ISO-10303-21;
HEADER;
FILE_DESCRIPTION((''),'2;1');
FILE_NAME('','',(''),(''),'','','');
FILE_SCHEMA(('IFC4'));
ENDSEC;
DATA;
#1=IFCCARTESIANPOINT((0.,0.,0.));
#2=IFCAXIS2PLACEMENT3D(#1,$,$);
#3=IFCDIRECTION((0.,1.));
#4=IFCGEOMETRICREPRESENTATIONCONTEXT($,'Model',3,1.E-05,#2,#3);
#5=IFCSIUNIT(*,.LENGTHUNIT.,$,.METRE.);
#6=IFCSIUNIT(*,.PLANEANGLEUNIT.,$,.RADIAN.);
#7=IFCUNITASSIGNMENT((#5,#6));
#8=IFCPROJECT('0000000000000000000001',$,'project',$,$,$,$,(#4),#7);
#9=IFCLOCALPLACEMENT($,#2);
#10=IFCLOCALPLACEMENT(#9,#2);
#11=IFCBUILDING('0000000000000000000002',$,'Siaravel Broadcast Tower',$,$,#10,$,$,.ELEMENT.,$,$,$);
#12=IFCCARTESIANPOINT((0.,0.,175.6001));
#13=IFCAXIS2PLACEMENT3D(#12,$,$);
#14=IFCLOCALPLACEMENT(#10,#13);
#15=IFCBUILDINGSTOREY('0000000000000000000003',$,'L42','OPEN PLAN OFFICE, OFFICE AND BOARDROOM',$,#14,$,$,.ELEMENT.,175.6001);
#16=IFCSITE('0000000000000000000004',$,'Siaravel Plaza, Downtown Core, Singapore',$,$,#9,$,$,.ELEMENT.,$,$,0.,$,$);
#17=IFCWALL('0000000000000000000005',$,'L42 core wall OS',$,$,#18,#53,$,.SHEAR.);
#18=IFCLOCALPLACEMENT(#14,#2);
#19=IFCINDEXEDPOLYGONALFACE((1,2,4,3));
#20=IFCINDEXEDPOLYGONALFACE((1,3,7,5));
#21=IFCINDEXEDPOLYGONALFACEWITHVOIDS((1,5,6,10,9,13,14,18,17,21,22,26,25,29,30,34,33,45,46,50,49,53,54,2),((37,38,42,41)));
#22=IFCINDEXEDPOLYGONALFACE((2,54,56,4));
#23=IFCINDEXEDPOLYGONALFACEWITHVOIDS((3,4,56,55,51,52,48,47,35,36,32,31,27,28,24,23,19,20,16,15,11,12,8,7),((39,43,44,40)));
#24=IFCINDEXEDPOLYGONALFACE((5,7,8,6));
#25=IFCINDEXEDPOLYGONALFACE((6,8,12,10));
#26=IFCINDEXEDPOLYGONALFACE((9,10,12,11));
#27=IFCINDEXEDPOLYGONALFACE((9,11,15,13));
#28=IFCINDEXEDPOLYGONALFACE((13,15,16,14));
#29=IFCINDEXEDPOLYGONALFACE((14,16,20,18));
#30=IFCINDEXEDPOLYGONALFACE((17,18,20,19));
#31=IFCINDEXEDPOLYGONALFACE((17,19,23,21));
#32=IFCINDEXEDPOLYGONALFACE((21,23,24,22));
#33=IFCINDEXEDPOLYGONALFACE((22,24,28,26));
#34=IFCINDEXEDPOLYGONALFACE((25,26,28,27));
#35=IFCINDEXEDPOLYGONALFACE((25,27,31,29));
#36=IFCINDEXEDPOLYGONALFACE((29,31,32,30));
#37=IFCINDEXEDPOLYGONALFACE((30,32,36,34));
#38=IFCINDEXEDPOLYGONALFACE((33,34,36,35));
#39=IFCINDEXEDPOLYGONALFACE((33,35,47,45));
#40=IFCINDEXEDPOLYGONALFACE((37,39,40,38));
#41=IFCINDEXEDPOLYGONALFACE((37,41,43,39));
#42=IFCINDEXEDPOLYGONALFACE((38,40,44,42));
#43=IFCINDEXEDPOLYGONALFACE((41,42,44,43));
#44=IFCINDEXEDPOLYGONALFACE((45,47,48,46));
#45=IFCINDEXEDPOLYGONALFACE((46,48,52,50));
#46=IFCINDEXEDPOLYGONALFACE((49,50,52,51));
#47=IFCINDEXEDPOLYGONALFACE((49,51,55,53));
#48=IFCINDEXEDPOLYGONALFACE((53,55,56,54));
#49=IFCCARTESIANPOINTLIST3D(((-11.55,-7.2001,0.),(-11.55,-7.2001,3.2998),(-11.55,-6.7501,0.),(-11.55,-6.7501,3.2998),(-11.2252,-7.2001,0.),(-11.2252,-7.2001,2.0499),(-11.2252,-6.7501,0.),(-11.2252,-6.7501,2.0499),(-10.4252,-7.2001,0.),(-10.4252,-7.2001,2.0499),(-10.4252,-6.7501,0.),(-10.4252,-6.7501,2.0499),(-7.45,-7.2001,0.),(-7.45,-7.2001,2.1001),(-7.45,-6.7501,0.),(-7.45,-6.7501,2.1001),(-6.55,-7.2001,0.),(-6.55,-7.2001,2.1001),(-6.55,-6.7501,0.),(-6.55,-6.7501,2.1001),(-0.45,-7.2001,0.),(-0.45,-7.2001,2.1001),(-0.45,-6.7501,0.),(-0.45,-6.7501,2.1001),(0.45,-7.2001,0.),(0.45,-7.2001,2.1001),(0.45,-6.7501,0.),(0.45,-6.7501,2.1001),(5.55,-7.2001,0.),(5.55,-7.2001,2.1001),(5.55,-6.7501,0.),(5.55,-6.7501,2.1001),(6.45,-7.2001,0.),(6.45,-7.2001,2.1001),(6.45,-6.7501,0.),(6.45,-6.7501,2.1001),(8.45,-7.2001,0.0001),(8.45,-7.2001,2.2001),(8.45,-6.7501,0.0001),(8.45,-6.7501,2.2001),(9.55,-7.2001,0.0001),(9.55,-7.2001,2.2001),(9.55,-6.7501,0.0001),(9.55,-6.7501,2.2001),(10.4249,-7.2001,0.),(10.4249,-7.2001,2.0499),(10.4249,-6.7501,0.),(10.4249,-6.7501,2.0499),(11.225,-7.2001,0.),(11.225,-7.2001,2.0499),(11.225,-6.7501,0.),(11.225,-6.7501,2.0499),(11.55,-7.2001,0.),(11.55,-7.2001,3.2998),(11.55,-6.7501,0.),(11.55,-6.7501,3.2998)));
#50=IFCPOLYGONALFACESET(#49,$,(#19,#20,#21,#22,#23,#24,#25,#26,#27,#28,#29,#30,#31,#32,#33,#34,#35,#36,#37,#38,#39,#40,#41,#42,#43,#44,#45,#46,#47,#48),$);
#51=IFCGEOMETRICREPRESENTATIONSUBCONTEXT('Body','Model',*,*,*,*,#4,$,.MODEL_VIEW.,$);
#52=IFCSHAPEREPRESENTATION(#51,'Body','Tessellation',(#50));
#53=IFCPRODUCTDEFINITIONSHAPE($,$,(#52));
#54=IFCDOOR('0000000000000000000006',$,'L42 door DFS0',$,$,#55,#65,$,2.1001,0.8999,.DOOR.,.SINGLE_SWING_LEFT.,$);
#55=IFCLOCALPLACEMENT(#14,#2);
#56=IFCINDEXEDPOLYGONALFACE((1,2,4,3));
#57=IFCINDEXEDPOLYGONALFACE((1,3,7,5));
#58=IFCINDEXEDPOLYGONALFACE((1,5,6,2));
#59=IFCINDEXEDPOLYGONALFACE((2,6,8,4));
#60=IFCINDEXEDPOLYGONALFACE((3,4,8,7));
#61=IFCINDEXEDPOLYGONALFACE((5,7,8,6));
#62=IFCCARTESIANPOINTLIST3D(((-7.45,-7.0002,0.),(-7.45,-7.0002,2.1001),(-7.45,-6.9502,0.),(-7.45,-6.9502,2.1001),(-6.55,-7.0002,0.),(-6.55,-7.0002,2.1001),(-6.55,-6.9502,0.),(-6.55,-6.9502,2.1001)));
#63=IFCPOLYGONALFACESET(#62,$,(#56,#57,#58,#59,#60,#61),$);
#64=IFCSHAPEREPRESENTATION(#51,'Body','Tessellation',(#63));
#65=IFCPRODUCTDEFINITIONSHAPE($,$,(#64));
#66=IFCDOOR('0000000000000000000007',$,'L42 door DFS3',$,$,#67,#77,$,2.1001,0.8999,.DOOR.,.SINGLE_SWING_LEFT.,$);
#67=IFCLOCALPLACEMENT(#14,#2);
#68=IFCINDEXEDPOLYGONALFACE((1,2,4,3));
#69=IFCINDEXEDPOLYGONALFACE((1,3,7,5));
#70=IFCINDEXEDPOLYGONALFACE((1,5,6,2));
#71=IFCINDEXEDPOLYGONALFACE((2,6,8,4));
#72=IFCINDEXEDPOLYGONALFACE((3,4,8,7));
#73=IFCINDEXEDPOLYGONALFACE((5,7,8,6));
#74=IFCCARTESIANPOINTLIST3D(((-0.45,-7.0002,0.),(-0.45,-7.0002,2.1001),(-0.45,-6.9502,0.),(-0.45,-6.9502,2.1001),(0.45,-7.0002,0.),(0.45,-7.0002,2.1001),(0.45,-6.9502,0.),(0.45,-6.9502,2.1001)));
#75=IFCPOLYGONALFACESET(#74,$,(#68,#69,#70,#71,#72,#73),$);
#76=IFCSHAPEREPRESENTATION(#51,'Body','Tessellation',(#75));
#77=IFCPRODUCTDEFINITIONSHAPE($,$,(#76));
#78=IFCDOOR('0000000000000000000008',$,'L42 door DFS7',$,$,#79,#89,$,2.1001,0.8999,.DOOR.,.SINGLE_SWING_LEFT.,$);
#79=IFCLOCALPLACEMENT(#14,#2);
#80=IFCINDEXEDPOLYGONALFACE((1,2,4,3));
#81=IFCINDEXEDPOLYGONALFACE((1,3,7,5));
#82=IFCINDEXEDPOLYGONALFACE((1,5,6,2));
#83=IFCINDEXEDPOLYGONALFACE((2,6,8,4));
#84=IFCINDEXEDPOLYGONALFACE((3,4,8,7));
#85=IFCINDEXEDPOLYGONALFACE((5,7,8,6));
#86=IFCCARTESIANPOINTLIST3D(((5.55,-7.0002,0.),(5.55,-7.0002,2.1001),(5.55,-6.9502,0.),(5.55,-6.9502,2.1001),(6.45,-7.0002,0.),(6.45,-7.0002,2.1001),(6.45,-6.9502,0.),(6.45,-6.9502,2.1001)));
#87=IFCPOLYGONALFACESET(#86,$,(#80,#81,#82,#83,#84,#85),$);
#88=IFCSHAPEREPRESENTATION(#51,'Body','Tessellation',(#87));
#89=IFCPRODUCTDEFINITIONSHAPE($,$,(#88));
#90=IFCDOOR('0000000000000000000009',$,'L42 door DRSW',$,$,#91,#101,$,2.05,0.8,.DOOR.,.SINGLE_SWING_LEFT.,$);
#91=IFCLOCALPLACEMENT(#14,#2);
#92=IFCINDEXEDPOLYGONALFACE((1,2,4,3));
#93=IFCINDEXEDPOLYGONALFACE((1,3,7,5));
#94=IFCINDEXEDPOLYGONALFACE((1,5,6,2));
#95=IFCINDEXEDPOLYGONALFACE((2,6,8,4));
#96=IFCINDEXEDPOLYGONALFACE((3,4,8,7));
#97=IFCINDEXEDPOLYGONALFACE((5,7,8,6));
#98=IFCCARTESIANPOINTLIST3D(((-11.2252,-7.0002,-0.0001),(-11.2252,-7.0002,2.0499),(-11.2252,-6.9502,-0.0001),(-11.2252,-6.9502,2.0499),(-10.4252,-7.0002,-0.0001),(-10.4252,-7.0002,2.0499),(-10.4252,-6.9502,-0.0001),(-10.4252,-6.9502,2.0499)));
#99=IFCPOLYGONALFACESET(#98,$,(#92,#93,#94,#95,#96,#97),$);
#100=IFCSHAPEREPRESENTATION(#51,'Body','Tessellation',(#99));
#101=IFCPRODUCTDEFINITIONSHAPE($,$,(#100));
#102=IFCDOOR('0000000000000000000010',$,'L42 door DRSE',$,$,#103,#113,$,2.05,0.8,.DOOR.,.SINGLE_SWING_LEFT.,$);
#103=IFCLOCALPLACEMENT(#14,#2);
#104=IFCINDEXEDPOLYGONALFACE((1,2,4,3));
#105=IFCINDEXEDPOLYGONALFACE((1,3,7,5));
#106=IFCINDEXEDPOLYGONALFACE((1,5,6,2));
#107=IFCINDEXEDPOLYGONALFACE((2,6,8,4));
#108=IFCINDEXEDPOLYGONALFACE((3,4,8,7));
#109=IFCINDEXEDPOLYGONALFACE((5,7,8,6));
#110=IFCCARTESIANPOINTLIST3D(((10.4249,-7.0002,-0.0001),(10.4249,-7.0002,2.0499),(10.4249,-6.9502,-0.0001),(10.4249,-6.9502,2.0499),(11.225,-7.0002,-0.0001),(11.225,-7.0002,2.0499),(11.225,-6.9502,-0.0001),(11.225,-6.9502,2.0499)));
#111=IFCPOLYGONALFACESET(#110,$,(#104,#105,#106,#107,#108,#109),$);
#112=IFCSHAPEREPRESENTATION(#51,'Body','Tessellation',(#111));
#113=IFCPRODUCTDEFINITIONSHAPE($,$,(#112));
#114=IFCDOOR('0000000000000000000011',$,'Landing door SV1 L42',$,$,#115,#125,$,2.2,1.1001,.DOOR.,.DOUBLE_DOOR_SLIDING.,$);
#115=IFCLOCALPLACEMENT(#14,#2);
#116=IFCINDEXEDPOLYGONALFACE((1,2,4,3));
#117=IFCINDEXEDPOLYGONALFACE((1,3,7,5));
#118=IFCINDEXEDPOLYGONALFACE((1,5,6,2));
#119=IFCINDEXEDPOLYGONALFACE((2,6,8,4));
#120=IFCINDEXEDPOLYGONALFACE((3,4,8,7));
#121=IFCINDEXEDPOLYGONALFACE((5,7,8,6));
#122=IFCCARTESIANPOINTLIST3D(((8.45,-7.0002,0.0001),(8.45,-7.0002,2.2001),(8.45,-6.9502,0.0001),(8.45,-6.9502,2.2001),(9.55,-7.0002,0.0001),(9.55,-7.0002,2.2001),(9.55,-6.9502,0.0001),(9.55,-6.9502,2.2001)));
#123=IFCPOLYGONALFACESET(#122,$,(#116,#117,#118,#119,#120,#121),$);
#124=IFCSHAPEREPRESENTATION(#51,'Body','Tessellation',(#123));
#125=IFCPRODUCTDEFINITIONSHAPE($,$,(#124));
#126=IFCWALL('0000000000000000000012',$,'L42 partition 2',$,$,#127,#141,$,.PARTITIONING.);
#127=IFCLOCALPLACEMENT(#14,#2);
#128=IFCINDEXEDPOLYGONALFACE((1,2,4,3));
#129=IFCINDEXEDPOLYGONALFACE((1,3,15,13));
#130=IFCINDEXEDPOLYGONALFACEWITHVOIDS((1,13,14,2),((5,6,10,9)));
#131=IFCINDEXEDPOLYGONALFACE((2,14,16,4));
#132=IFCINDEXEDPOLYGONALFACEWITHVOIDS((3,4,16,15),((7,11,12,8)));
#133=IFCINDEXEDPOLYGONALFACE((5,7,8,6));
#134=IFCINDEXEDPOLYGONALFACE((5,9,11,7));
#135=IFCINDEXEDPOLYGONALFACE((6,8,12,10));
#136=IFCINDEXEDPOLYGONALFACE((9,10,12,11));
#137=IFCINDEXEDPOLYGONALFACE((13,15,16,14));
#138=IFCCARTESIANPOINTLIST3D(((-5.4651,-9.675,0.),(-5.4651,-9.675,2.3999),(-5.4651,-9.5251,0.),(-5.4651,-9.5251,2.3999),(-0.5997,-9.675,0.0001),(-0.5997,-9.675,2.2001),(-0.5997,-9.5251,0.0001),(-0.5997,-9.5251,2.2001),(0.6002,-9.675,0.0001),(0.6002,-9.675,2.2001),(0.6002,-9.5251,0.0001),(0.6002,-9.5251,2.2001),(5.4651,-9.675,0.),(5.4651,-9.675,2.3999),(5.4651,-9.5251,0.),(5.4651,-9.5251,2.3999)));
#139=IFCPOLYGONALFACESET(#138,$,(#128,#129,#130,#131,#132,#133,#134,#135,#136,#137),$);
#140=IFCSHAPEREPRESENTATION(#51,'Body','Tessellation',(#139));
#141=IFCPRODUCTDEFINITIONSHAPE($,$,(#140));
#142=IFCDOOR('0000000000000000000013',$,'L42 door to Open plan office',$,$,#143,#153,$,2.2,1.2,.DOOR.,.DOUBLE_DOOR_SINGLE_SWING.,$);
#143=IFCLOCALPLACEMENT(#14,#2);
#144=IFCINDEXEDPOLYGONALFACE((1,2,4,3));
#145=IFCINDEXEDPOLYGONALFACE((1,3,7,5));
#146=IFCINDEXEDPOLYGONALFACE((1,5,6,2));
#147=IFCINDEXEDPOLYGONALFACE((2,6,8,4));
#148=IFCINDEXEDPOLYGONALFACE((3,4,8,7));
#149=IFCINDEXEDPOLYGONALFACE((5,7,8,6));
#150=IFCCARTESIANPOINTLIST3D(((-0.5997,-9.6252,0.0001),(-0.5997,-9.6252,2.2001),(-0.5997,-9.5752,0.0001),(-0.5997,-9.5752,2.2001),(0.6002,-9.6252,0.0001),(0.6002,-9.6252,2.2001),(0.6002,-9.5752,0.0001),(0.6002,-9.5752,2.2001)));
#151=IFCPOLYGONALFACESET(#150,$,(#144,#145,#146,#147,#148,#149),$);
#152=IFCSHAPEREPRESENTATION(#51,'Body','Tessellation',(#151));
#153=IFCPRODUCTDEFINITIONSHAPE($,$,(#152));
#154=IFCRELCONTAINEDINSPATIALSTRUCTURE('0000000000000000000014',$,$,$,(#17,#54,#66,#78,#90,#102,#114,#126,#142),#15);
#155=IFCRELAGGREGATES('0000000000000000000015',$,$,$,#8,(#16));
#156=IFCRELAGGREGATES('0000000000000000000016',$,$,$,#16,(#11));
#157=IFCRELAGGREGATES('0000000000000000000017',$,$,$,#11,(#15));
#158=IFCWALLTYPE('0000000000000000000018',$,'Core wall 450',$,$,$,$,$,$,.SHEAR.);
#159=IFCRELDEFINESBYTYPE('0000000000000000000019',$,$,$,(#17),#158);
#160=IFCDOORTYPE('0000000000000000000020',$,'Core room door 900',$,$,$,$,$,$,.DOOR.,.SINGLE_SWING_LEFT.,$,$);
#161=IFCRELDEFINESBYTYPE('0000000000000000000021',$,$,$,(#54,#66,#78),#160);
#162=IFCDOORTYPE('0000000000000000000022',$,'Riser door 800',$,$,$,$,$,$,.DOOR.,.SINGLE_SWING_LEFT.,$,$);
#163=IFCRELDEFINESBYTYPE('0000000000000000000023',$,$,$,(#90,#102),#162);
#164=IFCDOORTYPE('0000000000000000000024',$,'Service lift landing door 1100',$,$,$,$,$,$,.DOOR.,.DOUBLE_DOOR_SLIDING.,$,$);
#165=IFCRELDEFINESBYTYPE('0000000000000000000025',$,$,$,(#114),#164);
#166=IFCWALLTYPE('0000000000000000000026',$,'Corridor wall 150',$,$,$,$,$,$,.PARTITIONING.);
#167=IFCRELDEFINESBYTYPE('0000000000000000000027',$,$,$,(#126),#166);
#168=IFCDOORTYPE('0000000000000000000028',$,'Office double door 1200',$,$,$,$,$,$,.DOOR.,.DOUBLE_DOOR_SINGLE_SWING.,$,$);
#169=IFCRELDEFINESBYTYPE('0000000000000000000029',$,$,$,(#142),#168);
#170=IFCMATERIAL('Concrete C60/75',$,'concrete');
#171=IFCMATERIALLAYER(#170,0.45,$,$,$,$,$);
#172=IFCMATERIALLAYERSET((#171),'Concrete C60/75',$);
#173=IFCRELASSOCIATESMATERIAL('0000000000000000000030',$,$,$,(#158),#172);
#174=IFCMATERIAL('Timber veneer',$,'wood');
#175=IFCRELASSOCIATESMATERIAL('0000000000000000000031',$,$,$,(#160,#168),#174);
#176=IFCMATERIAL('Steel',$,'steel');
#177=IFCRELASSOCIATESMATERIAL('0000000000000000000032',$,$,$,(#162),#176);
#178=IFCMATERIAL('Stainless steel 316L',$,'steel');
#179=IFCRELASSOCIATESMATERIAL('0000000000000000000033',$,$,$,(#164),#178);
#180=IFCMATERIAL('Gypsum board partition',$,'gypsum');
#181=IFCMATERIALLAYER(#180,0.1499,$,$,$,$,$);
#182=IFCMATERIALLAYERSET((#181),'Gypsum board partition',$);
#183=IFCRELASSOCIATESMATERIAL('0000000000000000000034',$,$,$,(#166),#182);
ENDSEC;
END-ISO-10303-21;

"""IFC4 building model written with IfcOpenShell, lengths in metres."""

from ifc_helpers import new_model, si_unit, direction, frame, frame_2d, origin, place, context, subcontext, project, spatial, rectangle, extrude, material, layer, layer_set, type_object, element, fill, save


model = new_model("IFC4")

# Units and contexts
model_context = context("Model", 3, precision=1e-05, world=origin(), true_north=direction((0.0, 1.0)))
body_context = subcontext(model_context, "Body", "Model", "MODEL_VIEW")
ifc_project = project(units=[si_unit("LENGTHUNIT", "METRE"), si_unit("PLANEANGLEUNIT", "RADIAN")], contexts=[model_context])

# Site, building, storey
site_placement = place(None, origin())
site = spatial("IfcSite", under=ifc_project, at=site_placement, Name="Siaravel Plaza, Downtown Core, Singapore", CompositionType="ELEMENT", RefElevation=0.0)
building_placement = place(site_placement, origin())
building = spatial("IfcBuilding", under=site, at=building_placement, Name="Siaravel Broadcast Tower", CompositionType="ELEMENT")
storey_placement = place(building_placement, frame((0.0, 0.0, 175.6001)))
storey = spatial("IfcBuildingStorey", under=building, at=storey_placement, Name="L42", Description="OPEN PLAN OFFICE, OFFICE AND BOARDROOM", CompositionType="ELEMENT", Elevation=175.6001)

# Shared definitions
ifc_material_1 = material(Name="Concrete C60/75", Category="concrete")

# Wall, openings, doors
ifc_layer_1 = layer(ifc_material_1, 0.45)
ifc_layer_set_1 = layer_set([ifc_layer_1], Name="Concrete C60/75")
wall_type_1 = type_object("IfcWallType", Name="Core wall 450", PredefinedType="SHEAR", material=ifc_layer_set_1)
wall_1_placement = place(storey_placement, frame((-11.55, -6.9751, 0.0), z_axis=(0.0, 0.0, 1.0), x_axis=(1.0, 0.0, 0.0)))
wall_1 = element("IfcWall", 1, at=wall_1_placement, inside=storey, type_object=wall_type_1, Name="L42 core wall OS", PredefinedType="SHEAR", context=body_context, shape_type="SweptSolid", body=[
    extrude(rectangle(XDim=23.1001, YDim=0.45, at=frame_2d((11.55, 0.0))), origin(), (0.0, 0.0, 1.0), 3.2998),
])
opening_1_placement = place(wall_1_placement, frame((20.0, 0.0, 0.0)))
opening_1 = element("IfcOpeningElement", 2, at=opening_1_placement, cuts=wall_1, PredefinedType="OPENING", context=body_context, shape_type="SweptSolid", body=[
    extrude(rectangle(XDim=1.1001, YDim=2.2, at=frame_2d((0.55, 1.1001))), frame((0.0, 0.2349, 0.0), z_axis=(0.0, -1.0, 0.0), x_axis=(1.0, 0.0, 0.0)), (0.0, 0.0, 1.0), 0.47),
])
opening_2_placement = place(wall_1_placement, frame((4.1001, 0.0, 0.0)))
opening_2 = element("IfcOpeningElement", 3, at=opening_2_placement, cuts=wall_1, PredefinedType="OPENING", context=body_context, shape_type="SweptSolid", body=[
    extrude(rectangle(XDim=0.8999, YDim=2.1001, at=frame_2d((0.45, 1.05))), frame((0.0, 0.2349, 0.0), z_axis=(0.0, -1.0, 0.0), x_axis=(1.0, 0.0, 0.0)), (0.0, 0.0, 1.0), 0.47),
])
opening_3_placement = place(wall_1_placement, frame((11.1001, 0.0, 0.0)))
opening_3 = element("IfcOpeningElement", 4, at=opening_3_placement, cuts=wall_1, PredefinedType="OPENING", context=body_context, shape_type="SweptSolid", body=[
    extrude(rectangle(XDim=0.8999, YDim=2.1001, at=frame_2d((0.45, 1.05))), frame((0.0, 0.2349, 0.0), z_axis=(0.0, -1.0, 0.0), x_axis=(1.0, 0.0, 0.0)), (0.0, 0.0, 1.0), 0.47),
])
opening_4_placement = place(wall_1_placement, frame((17.1001, 0.0, 0.0)))
opening_4 = element("IfcOpeningElement", 5, at=opening_4_placement, cuts=wall_1, PredefinedType="OPENING", context=body_context, shape_type="SweptSolid", body=[
    extrude(rectangle(XDim=0.8999, YDim=2.1001, at=frame_2d((0.45, 1.05))), frame((0.0, 0.2349, 0.0), z_axis=(0.0, -1.0, 0.0), x_axis=(1.0, 0.0, 0.0)), (0.0, 0.0, 1.0), 0.47),
])
opening_5_placement = place(wall_1_placement, frame((0.325, 0.0, 0.0)))
opening_5 = element("IfcOpeningElement", 6, at=opening_5_placement, cuts=wall_1, PredefinedType="OPENING", context=body_context, shape_type="SweptSolid", body=[
    extrude(rectangle(XDim=0.8, YDim=2.05, at=frame_2d((0.3999, 1.0249))), frame((0.0, 0.2349, 0.0), z_axis=(0.0, -1.0, 0.0), x_axis=(1.0, 0.0, 0.0)), (0.0, 0.0, 1.0), 0.47),
])
opening_6_placement = place(wall_1_placement, frame((21.9751, 0.0, 0.0)))
opening_6 = element("IfcOpeningElement", 7, at=opening_6_placement, cuts=wall_1, PredefinedType="OPENING", context=body_context, shape_type="SweptSolid", body=[
    extrude(rectangle(XDim=0.8, YDim=2.05, at=frame_2d((0.3999, 1.0249))), frame((0.0, 0.2349, 0.0), z_axis=(0.0, -1.0, 0.0), x_axis=(1.0, 0.0, 0.0)), (0.0, 0.0, 1.0), 0.47),
])
ifc_material_2 = material(Name="Timber veneer", Category="wood")
door_type_1 = type_object("IfcDoorType", Name="Core room door 900", OperationType="SINGLE_SWING_LEFT", PredefinedType="DOOR", material=ifc_material_2)
door_1_placement = place(opening_2_placement, origin())
door_1 = element("IfcDoor", 8, at=door_1_placement, inside=storey, type_object=door_type_1, Name="L42 door DFS0", OperationType="SINGLE_SWING_LEFT", OverallHeight=2.1001, OverallWidth=0.8999, PredefinedType="DOOR", context=body_context, shape_type="SweptSolid", body=[
    extrude(rectangle(XDim=0.8999, YDim=2.1001, at=frame_2d((0.45, 1.05))), frame((0.0, 0.0249, 0.0), z_axis=(0.0, -1.0, 0.0), x_axis=(1.0, 0.0, 0.0)), (0.0, 0.0, 1.0), 0.05),
])
fill(opening_2, door_1)
door_2_placement = place(opening_3_placement, origin())
door_2 = element("IfcDoor", 9, at=door_2_placement, inside=storey, type_object=door_type_1, Name="L42 door DFS3", OperationType="SINGLE_SWING_LEFT", OverallHeight=2.1001, OverallWidth=0.8999, PredefinedType="DOOR", context=body_context, shape_type="SweptSolid", body=[
    extrude(rectangle(XDim=0.8999, YDim=2.1001, at=frame_2d((0.45, 1.05))), frame((0.0, 0.0249, 0.0), z_axis=(0.0, -1.0, 0.0), x_axis=(1.0, 0.0, 0.0)), (0.0, 0.0, 1.0), 0.05),
])
fill(opening_3, door_2)
door_3_placement = place(opening_4_placement, origin())
door_3 = element("IfcDoor", 10, at=door_3_placement, inside=storey, type_object=door_type_1, Name="L42 door DFS7", OperationType="SINGLE_SWING_LEFT", OverallHeight=2.1001, OverallWidth=0.8999, PredefinedType="DOOR", context=body_context, shape_type="SweptSolid", body=[
    extrude(rectangle(XDim=0.8999, YDim=2.1001, at=frame_2d((0.45, 1.05))), frame((0.0, 0.0249, 0.0), z_axis=(0.0, -1.0, 0.0), x_axis=(1.0, 0.0, 0.0)), (0.0, 0.0, 1.0), 0.05),
])
fill(opening_4, door_3)
ifc_material_3 = material(Name="Steel", Category="steel")
door_type_2 = type_object("IfcDoorType", Name="Riser door 800", OperationType="SINGLE_SWING_LEFT", PredefinedType="DOOR", material=ifc_material_3)
door_4_placement = place(opening_5_placement, origin())
door_4 = element("IfcDoor", 11, at=door_4_placement, inside=storey, type_object=door_type_2, Name="L42 door DRSW", OperationType="SINGLE_SWING_LEFT", OverallHeight=2.05, OverallWidth=0.8, PredefinedType="DOOR", context=body_context, shape_type="SweptSolid", body=[
    extrude(rectangle(XDim=0.8, YDim=2.05, at=frame_2d((0.3999, 1.0249))), frame((0.0, 0.0249, 0.0), z_axis=(0.0, -1.0, 0.0), x_axis=(1.0, 0.0, 0.0)), (0.0, 0.0, 1.0), 0.05),
])
fill(opening_5, door_4)
door_5_placement = place(opening_6_placement, origin())
door_5 = element("IfcDoor", 12, at=door_5_placement, inside=storey, type_object=door_type_2, Name="L42 door DRSE", OperationType="SINGLE_SWING_LEFT", OverallHeight=2.05, OverallWidth=0.8, PredefinedType="DOOR", context=body_context, shape_type="SweptSolid", body=[
    extrude(rectangle(XDim=0.8, YDim=2.05, at=frame_2d((0.3999, 1.0249))), frame((0.0, 0.0249, 0.0), z_axis=(0.0, -1.0, 0.0), x_axis=(1.0, 0.0, 0.0)), (0.0, 0.0, 1.0), 0.05),
])
fill(opening_6, door_5)
ifc_material_4 = material(Name="Stainless steel 316L", Category="steel")
door_type_3 = type_object("IfcDoorType", Name="Service lift landing door 1100", OperationType="DOUBLE_DOOR_SLIDING", PredefinedType="DOOR", material=ifc_material_4)
door_6_placement = place(opening_1_placement, origin())
door_6 = element("IfcDoor", 13, at=door_6_placement, inside=storey, type_object=door_type_3, Name="Landing door SV1 L42", OperationType="DOUBLE_DOOR_SLIDING", OverallHeight=2.2, OverallWidth=1.1001, PredefinedType="DOOR", context=body_context, shape_type="SweptSolid", body=[
    extrude(rectangle(XDim=1.1001, YDim=2.2, at=frame_2d((0.55, 1.1001))), frame((0.0, 0.0249, 0.0), z_axis=(0.0, -1.0, 0.0), x_axis=(1.0, 0.0, 0.0)), (0.0, 0.0, 1.0), 0.05),
])
fill(opening_1, door_6)

# Wall, opening, door
ifc_material_5 = material(Name="Gypsum board partition", Category="gypsum")
ifc_layer_2 = layer(ifc_material_5, 0.1499)
ifc_layer_set_2 = layer_set([ifc_layer_2], Name="Gypsum board partition")
wall_type_2 = type_object("IfcWallType", Name="Corridor wall 150", PredefinedType="PARTITIONING", material=ifc_layer_set_2)
wall_2_placement = place(storey_placement, frame((-5.4651, -9.6001, 0.0), z_axis=(0.0, 0.0, 1.0), x_axis=(1.0, 0.0, 0.0)))
wall_2 = element("IfcWall", 14, at=wall_2_placement, inside=storey, type_object=wall_type_2, Name="L42 partition 2", PredefinedType="PARTITIONING", context=body_context, shape_type="SweptSolid", body=[
    extrude(rectangle(XDim=10.9302, YDim=0.1499, at=frame_2d((5.4651, 0.0))), origin(), (0.0, 0.0, 1.0), 2.3999),
])
opening_7_placement = place(wall_2_placement, frame((4.8652, 0.0, 0.0)))
opening_7 = element("IfcOpeningElement", 15, at=opening_7_placement, cuts=wall_2, PredefinedType="OPENING", context=body_context, shape_type="SweptSolid", body=[
    extrude(rectangle(XDim=1.2, YDim=2.2, at=frame_2d((0.6001, 1.1001))), frame((0.0, 0.085, 0.0), z_axis=(0.0, -1.0, 0.0), x_axis=(1.0, 0.0, 0.0)), (0.0, 0.0, 1.0), 0.1699),
])
door_type_4 = type_object("IfcDoorType", Name="Office double door 1200", OperationType="DOUBLE_DOOR_SINGLE_SWING", PredefinedType="DOOR", material=ifc_material_2)
door_7_placement = place(opening_7_placement, origin())
door_7 = element("IfcDoor", 16, at=door_7_placement, inside=storey, type_object=door_type_4, Name="L42 door to Open plan office", OperationType="DOUBLE_DOOR_SINGLE_SWING", OverallHeight=2.2, OverallWidth=1.2, PredefinedType="DOOR", context=body_context, shape_type="SweptSolid", body=[
    extrude(rectangle(XDim=1.2, YDim=2.2, at=frame_2d((0.6001, 1.1001))), frame((0.0, 0.0249, 0.0), z_axis=(0.0, -1.0, 0.0), x_axis=(1.0, 0.0, 0.0)), (0.0, 0.0, 1.0), 0.05),
])
fill(opening_7, door_7)

save(model, "model.ifc")
